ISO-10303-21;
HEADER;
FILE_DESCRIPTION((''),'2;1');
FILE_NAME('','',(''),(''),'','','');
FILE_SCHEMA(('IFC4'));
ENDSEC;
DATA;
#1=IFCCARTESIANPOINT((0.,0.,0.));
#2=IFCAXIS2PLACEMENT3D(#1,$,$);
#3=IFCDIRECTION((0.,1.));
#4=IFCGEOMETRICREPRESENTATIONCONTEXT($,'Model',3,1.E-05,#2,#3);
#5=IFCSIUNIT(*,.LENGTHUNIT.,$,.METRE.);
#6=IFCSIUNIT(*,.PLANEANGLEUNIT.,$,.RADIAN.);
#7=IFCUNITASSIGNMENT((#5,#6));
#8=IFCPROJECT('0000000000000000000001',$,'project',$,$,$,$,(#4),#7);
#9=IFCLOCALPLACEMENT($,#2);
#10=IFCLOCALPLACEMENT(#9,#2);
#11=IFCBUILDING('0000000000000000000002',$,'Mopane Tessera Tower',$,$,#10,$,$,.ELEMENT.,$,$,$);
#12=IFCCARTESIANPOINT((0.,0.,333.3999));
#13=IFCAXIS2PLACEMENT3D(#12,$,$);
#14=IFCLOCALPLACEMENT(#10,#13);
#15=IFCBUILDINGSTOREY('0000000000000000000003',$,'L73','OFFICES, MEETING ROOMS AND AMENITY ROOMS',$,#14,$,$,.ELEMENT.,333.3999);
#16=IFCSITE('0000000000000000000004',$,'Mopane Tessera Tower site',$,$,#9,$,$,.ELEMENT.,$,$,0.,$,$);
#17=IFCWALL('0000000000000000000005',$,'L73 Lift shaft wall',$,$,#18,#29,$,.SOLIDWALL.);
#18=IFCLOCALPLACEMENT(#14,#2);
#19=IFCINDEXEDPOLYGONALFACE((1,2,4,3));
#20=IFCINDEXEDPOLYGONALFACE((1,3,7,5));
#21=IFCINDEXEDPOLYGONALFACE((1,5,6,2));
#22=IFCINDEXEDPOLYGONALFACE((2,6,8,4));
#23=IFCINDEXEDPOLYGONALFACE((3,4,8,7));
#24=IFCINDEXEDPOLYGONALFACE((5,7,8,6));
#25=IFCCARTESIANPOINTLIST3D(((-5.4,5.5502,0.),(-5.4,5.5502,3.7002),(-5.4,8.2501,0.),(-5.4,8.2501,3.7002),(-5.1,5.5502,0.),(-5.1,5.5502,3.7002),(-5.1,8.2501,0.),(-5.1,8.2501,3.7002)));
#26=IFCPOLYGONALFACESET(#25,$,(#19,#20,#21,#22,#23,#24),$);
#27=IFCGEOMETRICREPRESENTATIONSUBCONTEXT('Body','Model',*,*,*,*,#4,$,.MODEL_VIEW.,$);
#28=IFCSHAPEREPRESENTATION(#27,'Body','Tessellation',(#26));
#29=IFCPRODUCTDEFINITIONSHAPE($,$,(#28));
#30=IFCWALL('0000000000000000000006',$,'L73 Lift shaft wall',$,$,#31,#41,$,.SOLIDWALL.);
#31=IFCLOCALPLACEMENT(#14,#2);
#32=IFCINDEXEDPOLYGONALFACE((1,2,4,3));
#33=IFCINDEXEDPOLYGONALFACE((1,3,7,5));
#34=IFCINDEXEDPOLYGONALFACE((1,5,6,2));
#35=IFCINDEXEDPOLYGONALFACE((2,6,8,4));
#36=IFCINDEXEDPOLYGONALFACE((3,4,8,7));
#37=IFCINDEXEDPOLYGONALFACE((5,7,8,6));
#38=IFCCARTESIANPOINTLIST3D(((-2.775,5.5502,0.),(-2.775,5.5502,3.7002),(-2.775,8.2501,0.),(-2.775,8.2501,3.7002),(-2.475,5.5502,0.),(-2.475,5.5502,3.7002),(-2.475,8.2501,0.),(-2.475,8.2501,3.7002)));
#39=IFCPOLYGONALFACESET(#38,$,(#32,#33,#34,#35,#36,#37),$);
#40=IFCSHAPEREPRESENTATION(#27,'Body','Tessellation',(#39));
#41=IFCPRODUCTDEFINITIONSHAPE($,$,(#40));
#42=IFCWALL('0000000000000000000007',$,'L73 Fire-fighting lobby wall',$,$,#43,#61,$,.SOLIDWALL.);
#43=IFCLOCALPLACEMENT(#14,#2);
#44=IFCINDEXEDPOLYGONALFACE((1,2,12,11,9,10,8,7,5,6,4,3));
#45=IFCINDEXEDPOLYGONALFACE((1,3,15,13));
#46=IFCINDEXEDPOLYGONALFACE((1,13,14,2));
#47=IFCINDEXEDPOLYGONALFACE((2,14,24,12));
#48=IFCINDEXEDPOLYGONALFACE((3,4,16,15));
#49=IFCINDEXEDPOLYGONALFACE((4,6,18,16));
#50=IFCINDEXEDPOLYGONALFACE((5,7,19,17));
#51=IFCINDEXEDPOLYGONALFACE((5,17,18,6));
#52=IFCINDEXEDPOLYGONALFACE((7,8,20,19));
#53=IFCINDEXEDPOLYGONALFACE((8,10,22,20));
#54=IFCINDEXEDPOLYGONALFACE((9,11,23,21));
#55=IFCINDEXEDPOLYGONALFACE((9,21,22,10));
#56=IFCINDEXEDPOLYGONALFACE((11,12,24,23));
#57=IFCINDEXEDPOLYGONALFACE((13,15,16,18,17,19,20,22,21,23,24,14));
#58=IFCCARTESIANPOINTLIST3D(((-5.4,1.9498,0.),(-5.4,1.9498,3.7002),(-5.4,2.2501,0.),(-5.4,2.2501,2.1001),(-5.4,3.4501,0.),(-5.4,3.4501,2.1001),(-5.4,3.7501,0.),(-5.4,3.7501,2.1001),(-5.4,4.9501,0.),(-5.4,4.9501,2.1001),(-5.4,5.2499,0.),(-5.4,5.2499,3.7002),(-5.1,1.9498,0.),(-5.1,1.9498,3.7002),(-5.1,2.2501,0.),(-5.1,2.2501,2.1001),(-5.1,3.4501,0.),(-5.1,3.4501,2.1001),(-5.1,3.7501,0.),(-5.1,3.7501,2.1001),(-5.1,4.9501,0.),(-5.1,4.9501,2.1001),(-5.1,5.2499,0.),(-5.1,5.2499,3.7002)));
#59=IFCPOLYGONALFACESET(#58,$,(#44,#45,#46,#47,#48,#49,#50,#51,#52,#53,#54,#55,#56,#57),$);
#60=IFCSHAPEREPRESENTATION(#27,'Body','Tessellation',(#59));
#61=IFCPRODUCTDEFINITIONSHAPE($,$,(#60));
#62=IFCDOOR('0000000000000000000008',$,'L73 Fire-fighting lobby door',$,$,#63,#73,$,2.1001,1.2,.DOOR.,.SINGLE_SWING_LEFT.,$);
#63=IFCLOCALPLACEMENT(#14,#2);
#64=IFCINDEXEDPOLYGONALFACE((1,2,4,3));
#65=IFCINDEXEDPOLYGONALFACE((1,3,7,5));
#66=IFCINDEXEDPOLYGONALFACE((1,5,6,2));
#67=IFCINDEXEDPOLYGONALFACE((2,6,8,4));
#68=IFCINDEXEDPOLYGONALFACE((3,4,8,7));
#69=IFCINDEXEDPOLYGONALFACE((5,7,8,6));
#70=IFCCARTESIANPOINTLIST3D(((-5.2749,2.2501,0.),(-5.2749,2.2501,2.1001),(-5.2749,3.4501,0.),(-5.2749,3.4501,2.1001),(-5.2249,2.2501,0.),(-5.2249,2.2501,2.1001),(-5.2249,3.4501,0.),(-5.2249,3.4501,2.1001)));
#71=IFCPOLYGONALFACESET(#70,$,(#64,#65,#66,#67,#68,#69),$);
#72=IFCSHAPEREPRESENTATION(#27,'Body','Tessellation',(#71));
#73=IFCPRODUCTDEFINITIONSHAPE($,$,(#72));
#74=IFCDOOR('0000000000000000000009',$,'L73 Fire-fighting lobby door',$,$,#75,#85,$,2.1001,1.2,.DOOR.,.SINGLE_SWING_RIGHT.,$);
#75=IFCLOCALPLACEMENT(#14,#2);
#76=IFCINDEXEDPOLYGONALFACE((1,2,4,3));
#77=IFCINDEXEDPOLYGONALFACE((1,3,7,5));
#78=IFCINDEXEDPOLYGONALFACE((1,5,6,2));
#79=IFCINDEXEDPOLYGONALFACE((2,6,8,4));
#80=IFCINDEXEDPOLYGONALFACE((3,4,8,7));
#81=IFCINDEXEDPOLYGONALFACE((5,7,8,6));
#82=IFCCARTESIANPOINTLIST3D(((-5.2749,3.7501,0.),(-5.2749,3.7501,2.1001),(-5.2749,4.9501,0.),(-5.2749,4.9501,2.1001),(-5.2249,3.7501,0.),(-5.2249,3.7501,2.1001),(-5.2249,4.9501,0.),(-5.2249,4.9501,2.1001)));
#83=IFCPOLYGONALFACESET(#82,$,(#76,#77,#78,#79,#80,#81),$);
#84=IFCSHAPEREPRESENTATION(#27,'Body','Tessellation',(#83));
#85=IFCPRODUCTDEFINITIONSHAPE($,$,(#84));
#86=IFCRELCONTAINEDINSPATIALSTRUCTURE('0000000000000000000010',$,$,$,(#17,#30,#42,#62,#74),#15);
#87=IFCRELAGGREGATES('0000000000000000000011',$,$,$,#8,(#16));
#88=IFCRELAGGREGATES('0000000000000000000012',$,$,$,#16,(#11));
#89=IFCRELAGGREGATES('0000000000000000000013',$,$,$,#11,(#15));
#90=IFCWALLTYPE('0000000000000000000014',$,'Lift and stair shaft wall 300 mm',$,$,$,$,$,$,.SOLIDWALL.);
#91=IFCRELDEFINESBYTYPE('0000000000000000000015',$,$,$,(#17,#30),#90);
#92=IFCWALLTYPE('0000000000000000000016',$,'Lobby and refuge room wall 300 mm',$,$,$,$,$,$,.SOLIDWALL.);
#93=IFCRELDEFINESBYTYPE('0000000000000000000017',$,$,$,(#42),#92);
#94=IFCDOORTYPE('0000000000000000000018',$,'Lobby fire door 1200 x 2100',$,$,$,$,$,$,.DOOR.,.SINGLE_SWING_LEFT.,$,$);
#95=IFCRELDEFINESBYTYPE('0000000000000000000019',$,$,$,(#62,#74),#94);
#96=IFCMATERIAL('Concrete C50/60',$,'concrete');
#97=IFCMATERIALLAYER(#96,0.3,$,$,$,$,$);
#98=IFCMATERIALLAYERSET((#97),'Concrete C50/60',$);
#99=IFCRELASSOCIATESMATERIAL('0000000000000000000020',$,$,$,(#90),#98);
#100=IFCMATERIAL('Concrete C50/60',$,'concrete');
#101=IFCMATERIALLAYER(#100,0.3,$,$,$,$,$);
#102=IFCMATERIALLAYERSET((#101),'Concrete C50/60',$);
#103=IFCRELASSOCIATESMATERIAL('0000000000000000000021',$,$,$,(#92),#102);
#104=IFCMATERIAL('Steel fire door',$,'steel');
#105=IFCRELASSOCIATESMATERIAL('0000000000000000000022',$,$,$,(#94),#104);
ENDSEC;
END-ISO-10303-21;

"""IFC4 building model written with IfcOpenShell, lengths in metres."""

from ifc_helpers import new_model, si_unit, direction, frame, frame_2d, origin, place, context, subcontext, project, spatial, rectangle, extrude, material, layer, layer_set, type_object, element, fill, save


model = new_model("IFC4")

# Units and contexts
model_context = context("Model", 3, precision=1e-05, world=origin(), true_north=direction((0.0, 1.0)))
body_context = subcontext(model_context, "Body", "Model", "MODEL_VIEW")
ifc_project = project(units=[si_unit("LENGTHUNIT", "METRE"), si_unit("PLANEANGLEUNIT", "RADIAN")], contexts=[model_context])

# Site, building, storey
site_placement = place(None, origin())
site = spatial("IfcSite", under=ifc_project, at=site_placement, Name="Mopane Tessera Tower site", CompositionType="ELEMENT", RefElevation=0.0)
building_placement = place(site_placement, origin())
building = spatial("IfcBuilding", under=site, at=building_placement, Name="Mopane Tessera Tower", CompositionType="ELEMENT")
storey_placement = place(building_placement, frame((0.0, 0.0, 333.3999)))
storey = spatial("IfcBuildingStorey", under=building, at=storey_placement, Name="L73", Description="OFFICES, MEETING ROOMS AND AMENITY ROOMS", CompositionType="ELEMENT", Elevation=333.3999)

# Shared definitions
ifc_material_1 = material(Name="Concrete C50/60", Category="concrete")
ifc_layer_1 = layer(ifc_material_1, 0.3)
ifc_layer_set_1 = layer_set([ifc_layer_1], Name="Concrete C50/60")
wall_type_1 = type_object("IfcWallType", Name="Lift and stair shaft wall 300 mm", PredefinedType="SOLIDWALL", material=ifc_layer_set_1)

# Walls
for number, where, z_axis, x_axis, name in (
    (1, (-5.25, 5.55, 0.0), (0.0, 0.0, 1.0), (0.0, 1.0, 0.0), "L73 Lift shaft wall"),
    (2, (-2.625, 5.55, 0.0), (0.0, 0.0, 1.0), (0.0, 1.0, 0.0), "L73 Lift shaft wall"),
):
    element("IfcWall", number, at=place(storey_placement, frame(where, z_axis=z_axis, x_axis=x_axis)), inside=storey, type_object=wall_type_1, Name=name, PredefinedType="SOLIDWALL", context=body_context, shape_type="SweptSolid", body=[
        extrude(rectangle(XDim=2.7, YDim=0.3, at=frame_2d((1.3501, 0.0))), origin(), (0.0, 0.0, 1.0), 3.7002),
    ])

# Wall, openings, doors
ifc_material_2 = material(Name="Concrete C50/60", Category="concrete")
ifc_layer_2 = layer(ifc_material_2, 0.3)
ifc_layer_set_2 = layer_set([ifc_layer_2], Name="Concrete C50/60")
wall_type_2 = type_object("IfcWallType", Name="Lobby and refuge room wall 300 mm", PredefinedType="SOLIDWALL", material=ifc_layer_set_2)
wall_1_placement = place(storey_placement, frame((-5.25, 1.95, 0.0), z_axis=(0.0, 0.0, 1.0), x_axis=(0.0, 1.0, 0.0)))
wall_1 = element("IfcWall", 3, at=wall_1_placement, inside=storey, type_object=wall_type_2, Name="L73 Fire-fighting lobby wall", PredefinedType="SOLIDWALL", context=body_context, shape_type="SweptSolid", body=[
    extrude(rectangle(XDim=3.3, YDim=0.3, at=frame_2d((1.6499, 0.0))), origin(), (0.0, 0.0, 1.0), 3.7002),
])
opening_1_placement = place(wall_1_placement, frame((0.3, 0.0, 0.0)))
opening_1 = element("IfcOpeningElement", 4, at=opening_1_placement, cuts=wall_1, PredefinedType="OPENING", context=body_context, shape_type="SweptSolid", body=[
    extrude(rectangle(XDim=1.2, YDim=2.1001, at=frame_2d((0.6001, 1.05))), frame((0.0, 0.1621, 0.0), z_axis=(0.0, -1.0, 0.0), x_axis=(1.0, 0.0, 0.0)), (0.0, 0.0, 1.0), 0.324),
])
opening_2_placement = place(wall_1_placement, frame((1.8, 0.0, 0.0)))
opening_2 = element("IfcOpeningElement", 5, at=opening_2_placement, cuts=wall_1, PredefinedType="OPENING", context=body_context, shape_type="SweptSolid", body=[
    extrude(rectangle(XDim=1.2, YDim=2.1001, at=frame_2d((0.6001, 1.05))), frame((0.0, 0.1621, 0.0), z_axis=(0.0, -1.0, 0.0), x_axis=(1.0, 0.0, 0.0)), (0.0, 0.0, 1.0), 0.324),
])
ifc_material_3 = material(Name="Steel fire door", Category="steel")
door_type_1 = type_object("IfcDoorType", Name="Lobby fire door 1200 x 2100", OperationType="SINGLE_SWING_LEFT", PredefinedType="DOOR", material=ifc_material_3)
door_1_placement = place(opening_1_placement, origin())
door_1 = element("IfcDoor", 6, at=door_1_placement, inside=storey, type_object=door_type_1, Name="L73 Fire-fighting lobby door", OperationType="SINGLE_SWING_LEFT", OverallHeight=2.1001, OverallWidth=1.2, PredefinedType="DOOR", context=body_context, shape_type="SweptSolid", body=[
    extrude(rectangle(XDim=1.2, YDim=2.1001, at=frame_2d((0.6001, 1.05))), frame((0.0, 0.0249, 0.0), z_axis=(0.0, -1.0, 0.0), x_axis=(1.0, 0.0, 0.0)), (0.0, 0.0, 1.0), 0.05),
])
fill(opening_1, door_1)
door_2_placement = place(opening_2_placement, origin())
door_2 = element("IfcDoor", 7, at=door_2_placement, inside=storey, type_object=door_type_1, Name="L73 Fire-fighting lobby door", OperationType="SINGLE_SWING_RIGHT", OverallHeight=2.1001, OverallWidth=1.2, PredefinedType="DOOR", context=body_context, shape_type="SweptSolid", body=[
    extrude(rectangle(XDim=1.2, YDim=2.1001, at=frame_2d((0.6001, 1.05))), frame((0.0, 0.0249, 0.0), z_axis=(0.0, -1.0, 0.0), x_axis=(1.0, 0.0, 0.0)), (0.0, 0.0, 1.0), 0.05),
])
fill(opening_2, door_2)

save(model, "model.ifc")
